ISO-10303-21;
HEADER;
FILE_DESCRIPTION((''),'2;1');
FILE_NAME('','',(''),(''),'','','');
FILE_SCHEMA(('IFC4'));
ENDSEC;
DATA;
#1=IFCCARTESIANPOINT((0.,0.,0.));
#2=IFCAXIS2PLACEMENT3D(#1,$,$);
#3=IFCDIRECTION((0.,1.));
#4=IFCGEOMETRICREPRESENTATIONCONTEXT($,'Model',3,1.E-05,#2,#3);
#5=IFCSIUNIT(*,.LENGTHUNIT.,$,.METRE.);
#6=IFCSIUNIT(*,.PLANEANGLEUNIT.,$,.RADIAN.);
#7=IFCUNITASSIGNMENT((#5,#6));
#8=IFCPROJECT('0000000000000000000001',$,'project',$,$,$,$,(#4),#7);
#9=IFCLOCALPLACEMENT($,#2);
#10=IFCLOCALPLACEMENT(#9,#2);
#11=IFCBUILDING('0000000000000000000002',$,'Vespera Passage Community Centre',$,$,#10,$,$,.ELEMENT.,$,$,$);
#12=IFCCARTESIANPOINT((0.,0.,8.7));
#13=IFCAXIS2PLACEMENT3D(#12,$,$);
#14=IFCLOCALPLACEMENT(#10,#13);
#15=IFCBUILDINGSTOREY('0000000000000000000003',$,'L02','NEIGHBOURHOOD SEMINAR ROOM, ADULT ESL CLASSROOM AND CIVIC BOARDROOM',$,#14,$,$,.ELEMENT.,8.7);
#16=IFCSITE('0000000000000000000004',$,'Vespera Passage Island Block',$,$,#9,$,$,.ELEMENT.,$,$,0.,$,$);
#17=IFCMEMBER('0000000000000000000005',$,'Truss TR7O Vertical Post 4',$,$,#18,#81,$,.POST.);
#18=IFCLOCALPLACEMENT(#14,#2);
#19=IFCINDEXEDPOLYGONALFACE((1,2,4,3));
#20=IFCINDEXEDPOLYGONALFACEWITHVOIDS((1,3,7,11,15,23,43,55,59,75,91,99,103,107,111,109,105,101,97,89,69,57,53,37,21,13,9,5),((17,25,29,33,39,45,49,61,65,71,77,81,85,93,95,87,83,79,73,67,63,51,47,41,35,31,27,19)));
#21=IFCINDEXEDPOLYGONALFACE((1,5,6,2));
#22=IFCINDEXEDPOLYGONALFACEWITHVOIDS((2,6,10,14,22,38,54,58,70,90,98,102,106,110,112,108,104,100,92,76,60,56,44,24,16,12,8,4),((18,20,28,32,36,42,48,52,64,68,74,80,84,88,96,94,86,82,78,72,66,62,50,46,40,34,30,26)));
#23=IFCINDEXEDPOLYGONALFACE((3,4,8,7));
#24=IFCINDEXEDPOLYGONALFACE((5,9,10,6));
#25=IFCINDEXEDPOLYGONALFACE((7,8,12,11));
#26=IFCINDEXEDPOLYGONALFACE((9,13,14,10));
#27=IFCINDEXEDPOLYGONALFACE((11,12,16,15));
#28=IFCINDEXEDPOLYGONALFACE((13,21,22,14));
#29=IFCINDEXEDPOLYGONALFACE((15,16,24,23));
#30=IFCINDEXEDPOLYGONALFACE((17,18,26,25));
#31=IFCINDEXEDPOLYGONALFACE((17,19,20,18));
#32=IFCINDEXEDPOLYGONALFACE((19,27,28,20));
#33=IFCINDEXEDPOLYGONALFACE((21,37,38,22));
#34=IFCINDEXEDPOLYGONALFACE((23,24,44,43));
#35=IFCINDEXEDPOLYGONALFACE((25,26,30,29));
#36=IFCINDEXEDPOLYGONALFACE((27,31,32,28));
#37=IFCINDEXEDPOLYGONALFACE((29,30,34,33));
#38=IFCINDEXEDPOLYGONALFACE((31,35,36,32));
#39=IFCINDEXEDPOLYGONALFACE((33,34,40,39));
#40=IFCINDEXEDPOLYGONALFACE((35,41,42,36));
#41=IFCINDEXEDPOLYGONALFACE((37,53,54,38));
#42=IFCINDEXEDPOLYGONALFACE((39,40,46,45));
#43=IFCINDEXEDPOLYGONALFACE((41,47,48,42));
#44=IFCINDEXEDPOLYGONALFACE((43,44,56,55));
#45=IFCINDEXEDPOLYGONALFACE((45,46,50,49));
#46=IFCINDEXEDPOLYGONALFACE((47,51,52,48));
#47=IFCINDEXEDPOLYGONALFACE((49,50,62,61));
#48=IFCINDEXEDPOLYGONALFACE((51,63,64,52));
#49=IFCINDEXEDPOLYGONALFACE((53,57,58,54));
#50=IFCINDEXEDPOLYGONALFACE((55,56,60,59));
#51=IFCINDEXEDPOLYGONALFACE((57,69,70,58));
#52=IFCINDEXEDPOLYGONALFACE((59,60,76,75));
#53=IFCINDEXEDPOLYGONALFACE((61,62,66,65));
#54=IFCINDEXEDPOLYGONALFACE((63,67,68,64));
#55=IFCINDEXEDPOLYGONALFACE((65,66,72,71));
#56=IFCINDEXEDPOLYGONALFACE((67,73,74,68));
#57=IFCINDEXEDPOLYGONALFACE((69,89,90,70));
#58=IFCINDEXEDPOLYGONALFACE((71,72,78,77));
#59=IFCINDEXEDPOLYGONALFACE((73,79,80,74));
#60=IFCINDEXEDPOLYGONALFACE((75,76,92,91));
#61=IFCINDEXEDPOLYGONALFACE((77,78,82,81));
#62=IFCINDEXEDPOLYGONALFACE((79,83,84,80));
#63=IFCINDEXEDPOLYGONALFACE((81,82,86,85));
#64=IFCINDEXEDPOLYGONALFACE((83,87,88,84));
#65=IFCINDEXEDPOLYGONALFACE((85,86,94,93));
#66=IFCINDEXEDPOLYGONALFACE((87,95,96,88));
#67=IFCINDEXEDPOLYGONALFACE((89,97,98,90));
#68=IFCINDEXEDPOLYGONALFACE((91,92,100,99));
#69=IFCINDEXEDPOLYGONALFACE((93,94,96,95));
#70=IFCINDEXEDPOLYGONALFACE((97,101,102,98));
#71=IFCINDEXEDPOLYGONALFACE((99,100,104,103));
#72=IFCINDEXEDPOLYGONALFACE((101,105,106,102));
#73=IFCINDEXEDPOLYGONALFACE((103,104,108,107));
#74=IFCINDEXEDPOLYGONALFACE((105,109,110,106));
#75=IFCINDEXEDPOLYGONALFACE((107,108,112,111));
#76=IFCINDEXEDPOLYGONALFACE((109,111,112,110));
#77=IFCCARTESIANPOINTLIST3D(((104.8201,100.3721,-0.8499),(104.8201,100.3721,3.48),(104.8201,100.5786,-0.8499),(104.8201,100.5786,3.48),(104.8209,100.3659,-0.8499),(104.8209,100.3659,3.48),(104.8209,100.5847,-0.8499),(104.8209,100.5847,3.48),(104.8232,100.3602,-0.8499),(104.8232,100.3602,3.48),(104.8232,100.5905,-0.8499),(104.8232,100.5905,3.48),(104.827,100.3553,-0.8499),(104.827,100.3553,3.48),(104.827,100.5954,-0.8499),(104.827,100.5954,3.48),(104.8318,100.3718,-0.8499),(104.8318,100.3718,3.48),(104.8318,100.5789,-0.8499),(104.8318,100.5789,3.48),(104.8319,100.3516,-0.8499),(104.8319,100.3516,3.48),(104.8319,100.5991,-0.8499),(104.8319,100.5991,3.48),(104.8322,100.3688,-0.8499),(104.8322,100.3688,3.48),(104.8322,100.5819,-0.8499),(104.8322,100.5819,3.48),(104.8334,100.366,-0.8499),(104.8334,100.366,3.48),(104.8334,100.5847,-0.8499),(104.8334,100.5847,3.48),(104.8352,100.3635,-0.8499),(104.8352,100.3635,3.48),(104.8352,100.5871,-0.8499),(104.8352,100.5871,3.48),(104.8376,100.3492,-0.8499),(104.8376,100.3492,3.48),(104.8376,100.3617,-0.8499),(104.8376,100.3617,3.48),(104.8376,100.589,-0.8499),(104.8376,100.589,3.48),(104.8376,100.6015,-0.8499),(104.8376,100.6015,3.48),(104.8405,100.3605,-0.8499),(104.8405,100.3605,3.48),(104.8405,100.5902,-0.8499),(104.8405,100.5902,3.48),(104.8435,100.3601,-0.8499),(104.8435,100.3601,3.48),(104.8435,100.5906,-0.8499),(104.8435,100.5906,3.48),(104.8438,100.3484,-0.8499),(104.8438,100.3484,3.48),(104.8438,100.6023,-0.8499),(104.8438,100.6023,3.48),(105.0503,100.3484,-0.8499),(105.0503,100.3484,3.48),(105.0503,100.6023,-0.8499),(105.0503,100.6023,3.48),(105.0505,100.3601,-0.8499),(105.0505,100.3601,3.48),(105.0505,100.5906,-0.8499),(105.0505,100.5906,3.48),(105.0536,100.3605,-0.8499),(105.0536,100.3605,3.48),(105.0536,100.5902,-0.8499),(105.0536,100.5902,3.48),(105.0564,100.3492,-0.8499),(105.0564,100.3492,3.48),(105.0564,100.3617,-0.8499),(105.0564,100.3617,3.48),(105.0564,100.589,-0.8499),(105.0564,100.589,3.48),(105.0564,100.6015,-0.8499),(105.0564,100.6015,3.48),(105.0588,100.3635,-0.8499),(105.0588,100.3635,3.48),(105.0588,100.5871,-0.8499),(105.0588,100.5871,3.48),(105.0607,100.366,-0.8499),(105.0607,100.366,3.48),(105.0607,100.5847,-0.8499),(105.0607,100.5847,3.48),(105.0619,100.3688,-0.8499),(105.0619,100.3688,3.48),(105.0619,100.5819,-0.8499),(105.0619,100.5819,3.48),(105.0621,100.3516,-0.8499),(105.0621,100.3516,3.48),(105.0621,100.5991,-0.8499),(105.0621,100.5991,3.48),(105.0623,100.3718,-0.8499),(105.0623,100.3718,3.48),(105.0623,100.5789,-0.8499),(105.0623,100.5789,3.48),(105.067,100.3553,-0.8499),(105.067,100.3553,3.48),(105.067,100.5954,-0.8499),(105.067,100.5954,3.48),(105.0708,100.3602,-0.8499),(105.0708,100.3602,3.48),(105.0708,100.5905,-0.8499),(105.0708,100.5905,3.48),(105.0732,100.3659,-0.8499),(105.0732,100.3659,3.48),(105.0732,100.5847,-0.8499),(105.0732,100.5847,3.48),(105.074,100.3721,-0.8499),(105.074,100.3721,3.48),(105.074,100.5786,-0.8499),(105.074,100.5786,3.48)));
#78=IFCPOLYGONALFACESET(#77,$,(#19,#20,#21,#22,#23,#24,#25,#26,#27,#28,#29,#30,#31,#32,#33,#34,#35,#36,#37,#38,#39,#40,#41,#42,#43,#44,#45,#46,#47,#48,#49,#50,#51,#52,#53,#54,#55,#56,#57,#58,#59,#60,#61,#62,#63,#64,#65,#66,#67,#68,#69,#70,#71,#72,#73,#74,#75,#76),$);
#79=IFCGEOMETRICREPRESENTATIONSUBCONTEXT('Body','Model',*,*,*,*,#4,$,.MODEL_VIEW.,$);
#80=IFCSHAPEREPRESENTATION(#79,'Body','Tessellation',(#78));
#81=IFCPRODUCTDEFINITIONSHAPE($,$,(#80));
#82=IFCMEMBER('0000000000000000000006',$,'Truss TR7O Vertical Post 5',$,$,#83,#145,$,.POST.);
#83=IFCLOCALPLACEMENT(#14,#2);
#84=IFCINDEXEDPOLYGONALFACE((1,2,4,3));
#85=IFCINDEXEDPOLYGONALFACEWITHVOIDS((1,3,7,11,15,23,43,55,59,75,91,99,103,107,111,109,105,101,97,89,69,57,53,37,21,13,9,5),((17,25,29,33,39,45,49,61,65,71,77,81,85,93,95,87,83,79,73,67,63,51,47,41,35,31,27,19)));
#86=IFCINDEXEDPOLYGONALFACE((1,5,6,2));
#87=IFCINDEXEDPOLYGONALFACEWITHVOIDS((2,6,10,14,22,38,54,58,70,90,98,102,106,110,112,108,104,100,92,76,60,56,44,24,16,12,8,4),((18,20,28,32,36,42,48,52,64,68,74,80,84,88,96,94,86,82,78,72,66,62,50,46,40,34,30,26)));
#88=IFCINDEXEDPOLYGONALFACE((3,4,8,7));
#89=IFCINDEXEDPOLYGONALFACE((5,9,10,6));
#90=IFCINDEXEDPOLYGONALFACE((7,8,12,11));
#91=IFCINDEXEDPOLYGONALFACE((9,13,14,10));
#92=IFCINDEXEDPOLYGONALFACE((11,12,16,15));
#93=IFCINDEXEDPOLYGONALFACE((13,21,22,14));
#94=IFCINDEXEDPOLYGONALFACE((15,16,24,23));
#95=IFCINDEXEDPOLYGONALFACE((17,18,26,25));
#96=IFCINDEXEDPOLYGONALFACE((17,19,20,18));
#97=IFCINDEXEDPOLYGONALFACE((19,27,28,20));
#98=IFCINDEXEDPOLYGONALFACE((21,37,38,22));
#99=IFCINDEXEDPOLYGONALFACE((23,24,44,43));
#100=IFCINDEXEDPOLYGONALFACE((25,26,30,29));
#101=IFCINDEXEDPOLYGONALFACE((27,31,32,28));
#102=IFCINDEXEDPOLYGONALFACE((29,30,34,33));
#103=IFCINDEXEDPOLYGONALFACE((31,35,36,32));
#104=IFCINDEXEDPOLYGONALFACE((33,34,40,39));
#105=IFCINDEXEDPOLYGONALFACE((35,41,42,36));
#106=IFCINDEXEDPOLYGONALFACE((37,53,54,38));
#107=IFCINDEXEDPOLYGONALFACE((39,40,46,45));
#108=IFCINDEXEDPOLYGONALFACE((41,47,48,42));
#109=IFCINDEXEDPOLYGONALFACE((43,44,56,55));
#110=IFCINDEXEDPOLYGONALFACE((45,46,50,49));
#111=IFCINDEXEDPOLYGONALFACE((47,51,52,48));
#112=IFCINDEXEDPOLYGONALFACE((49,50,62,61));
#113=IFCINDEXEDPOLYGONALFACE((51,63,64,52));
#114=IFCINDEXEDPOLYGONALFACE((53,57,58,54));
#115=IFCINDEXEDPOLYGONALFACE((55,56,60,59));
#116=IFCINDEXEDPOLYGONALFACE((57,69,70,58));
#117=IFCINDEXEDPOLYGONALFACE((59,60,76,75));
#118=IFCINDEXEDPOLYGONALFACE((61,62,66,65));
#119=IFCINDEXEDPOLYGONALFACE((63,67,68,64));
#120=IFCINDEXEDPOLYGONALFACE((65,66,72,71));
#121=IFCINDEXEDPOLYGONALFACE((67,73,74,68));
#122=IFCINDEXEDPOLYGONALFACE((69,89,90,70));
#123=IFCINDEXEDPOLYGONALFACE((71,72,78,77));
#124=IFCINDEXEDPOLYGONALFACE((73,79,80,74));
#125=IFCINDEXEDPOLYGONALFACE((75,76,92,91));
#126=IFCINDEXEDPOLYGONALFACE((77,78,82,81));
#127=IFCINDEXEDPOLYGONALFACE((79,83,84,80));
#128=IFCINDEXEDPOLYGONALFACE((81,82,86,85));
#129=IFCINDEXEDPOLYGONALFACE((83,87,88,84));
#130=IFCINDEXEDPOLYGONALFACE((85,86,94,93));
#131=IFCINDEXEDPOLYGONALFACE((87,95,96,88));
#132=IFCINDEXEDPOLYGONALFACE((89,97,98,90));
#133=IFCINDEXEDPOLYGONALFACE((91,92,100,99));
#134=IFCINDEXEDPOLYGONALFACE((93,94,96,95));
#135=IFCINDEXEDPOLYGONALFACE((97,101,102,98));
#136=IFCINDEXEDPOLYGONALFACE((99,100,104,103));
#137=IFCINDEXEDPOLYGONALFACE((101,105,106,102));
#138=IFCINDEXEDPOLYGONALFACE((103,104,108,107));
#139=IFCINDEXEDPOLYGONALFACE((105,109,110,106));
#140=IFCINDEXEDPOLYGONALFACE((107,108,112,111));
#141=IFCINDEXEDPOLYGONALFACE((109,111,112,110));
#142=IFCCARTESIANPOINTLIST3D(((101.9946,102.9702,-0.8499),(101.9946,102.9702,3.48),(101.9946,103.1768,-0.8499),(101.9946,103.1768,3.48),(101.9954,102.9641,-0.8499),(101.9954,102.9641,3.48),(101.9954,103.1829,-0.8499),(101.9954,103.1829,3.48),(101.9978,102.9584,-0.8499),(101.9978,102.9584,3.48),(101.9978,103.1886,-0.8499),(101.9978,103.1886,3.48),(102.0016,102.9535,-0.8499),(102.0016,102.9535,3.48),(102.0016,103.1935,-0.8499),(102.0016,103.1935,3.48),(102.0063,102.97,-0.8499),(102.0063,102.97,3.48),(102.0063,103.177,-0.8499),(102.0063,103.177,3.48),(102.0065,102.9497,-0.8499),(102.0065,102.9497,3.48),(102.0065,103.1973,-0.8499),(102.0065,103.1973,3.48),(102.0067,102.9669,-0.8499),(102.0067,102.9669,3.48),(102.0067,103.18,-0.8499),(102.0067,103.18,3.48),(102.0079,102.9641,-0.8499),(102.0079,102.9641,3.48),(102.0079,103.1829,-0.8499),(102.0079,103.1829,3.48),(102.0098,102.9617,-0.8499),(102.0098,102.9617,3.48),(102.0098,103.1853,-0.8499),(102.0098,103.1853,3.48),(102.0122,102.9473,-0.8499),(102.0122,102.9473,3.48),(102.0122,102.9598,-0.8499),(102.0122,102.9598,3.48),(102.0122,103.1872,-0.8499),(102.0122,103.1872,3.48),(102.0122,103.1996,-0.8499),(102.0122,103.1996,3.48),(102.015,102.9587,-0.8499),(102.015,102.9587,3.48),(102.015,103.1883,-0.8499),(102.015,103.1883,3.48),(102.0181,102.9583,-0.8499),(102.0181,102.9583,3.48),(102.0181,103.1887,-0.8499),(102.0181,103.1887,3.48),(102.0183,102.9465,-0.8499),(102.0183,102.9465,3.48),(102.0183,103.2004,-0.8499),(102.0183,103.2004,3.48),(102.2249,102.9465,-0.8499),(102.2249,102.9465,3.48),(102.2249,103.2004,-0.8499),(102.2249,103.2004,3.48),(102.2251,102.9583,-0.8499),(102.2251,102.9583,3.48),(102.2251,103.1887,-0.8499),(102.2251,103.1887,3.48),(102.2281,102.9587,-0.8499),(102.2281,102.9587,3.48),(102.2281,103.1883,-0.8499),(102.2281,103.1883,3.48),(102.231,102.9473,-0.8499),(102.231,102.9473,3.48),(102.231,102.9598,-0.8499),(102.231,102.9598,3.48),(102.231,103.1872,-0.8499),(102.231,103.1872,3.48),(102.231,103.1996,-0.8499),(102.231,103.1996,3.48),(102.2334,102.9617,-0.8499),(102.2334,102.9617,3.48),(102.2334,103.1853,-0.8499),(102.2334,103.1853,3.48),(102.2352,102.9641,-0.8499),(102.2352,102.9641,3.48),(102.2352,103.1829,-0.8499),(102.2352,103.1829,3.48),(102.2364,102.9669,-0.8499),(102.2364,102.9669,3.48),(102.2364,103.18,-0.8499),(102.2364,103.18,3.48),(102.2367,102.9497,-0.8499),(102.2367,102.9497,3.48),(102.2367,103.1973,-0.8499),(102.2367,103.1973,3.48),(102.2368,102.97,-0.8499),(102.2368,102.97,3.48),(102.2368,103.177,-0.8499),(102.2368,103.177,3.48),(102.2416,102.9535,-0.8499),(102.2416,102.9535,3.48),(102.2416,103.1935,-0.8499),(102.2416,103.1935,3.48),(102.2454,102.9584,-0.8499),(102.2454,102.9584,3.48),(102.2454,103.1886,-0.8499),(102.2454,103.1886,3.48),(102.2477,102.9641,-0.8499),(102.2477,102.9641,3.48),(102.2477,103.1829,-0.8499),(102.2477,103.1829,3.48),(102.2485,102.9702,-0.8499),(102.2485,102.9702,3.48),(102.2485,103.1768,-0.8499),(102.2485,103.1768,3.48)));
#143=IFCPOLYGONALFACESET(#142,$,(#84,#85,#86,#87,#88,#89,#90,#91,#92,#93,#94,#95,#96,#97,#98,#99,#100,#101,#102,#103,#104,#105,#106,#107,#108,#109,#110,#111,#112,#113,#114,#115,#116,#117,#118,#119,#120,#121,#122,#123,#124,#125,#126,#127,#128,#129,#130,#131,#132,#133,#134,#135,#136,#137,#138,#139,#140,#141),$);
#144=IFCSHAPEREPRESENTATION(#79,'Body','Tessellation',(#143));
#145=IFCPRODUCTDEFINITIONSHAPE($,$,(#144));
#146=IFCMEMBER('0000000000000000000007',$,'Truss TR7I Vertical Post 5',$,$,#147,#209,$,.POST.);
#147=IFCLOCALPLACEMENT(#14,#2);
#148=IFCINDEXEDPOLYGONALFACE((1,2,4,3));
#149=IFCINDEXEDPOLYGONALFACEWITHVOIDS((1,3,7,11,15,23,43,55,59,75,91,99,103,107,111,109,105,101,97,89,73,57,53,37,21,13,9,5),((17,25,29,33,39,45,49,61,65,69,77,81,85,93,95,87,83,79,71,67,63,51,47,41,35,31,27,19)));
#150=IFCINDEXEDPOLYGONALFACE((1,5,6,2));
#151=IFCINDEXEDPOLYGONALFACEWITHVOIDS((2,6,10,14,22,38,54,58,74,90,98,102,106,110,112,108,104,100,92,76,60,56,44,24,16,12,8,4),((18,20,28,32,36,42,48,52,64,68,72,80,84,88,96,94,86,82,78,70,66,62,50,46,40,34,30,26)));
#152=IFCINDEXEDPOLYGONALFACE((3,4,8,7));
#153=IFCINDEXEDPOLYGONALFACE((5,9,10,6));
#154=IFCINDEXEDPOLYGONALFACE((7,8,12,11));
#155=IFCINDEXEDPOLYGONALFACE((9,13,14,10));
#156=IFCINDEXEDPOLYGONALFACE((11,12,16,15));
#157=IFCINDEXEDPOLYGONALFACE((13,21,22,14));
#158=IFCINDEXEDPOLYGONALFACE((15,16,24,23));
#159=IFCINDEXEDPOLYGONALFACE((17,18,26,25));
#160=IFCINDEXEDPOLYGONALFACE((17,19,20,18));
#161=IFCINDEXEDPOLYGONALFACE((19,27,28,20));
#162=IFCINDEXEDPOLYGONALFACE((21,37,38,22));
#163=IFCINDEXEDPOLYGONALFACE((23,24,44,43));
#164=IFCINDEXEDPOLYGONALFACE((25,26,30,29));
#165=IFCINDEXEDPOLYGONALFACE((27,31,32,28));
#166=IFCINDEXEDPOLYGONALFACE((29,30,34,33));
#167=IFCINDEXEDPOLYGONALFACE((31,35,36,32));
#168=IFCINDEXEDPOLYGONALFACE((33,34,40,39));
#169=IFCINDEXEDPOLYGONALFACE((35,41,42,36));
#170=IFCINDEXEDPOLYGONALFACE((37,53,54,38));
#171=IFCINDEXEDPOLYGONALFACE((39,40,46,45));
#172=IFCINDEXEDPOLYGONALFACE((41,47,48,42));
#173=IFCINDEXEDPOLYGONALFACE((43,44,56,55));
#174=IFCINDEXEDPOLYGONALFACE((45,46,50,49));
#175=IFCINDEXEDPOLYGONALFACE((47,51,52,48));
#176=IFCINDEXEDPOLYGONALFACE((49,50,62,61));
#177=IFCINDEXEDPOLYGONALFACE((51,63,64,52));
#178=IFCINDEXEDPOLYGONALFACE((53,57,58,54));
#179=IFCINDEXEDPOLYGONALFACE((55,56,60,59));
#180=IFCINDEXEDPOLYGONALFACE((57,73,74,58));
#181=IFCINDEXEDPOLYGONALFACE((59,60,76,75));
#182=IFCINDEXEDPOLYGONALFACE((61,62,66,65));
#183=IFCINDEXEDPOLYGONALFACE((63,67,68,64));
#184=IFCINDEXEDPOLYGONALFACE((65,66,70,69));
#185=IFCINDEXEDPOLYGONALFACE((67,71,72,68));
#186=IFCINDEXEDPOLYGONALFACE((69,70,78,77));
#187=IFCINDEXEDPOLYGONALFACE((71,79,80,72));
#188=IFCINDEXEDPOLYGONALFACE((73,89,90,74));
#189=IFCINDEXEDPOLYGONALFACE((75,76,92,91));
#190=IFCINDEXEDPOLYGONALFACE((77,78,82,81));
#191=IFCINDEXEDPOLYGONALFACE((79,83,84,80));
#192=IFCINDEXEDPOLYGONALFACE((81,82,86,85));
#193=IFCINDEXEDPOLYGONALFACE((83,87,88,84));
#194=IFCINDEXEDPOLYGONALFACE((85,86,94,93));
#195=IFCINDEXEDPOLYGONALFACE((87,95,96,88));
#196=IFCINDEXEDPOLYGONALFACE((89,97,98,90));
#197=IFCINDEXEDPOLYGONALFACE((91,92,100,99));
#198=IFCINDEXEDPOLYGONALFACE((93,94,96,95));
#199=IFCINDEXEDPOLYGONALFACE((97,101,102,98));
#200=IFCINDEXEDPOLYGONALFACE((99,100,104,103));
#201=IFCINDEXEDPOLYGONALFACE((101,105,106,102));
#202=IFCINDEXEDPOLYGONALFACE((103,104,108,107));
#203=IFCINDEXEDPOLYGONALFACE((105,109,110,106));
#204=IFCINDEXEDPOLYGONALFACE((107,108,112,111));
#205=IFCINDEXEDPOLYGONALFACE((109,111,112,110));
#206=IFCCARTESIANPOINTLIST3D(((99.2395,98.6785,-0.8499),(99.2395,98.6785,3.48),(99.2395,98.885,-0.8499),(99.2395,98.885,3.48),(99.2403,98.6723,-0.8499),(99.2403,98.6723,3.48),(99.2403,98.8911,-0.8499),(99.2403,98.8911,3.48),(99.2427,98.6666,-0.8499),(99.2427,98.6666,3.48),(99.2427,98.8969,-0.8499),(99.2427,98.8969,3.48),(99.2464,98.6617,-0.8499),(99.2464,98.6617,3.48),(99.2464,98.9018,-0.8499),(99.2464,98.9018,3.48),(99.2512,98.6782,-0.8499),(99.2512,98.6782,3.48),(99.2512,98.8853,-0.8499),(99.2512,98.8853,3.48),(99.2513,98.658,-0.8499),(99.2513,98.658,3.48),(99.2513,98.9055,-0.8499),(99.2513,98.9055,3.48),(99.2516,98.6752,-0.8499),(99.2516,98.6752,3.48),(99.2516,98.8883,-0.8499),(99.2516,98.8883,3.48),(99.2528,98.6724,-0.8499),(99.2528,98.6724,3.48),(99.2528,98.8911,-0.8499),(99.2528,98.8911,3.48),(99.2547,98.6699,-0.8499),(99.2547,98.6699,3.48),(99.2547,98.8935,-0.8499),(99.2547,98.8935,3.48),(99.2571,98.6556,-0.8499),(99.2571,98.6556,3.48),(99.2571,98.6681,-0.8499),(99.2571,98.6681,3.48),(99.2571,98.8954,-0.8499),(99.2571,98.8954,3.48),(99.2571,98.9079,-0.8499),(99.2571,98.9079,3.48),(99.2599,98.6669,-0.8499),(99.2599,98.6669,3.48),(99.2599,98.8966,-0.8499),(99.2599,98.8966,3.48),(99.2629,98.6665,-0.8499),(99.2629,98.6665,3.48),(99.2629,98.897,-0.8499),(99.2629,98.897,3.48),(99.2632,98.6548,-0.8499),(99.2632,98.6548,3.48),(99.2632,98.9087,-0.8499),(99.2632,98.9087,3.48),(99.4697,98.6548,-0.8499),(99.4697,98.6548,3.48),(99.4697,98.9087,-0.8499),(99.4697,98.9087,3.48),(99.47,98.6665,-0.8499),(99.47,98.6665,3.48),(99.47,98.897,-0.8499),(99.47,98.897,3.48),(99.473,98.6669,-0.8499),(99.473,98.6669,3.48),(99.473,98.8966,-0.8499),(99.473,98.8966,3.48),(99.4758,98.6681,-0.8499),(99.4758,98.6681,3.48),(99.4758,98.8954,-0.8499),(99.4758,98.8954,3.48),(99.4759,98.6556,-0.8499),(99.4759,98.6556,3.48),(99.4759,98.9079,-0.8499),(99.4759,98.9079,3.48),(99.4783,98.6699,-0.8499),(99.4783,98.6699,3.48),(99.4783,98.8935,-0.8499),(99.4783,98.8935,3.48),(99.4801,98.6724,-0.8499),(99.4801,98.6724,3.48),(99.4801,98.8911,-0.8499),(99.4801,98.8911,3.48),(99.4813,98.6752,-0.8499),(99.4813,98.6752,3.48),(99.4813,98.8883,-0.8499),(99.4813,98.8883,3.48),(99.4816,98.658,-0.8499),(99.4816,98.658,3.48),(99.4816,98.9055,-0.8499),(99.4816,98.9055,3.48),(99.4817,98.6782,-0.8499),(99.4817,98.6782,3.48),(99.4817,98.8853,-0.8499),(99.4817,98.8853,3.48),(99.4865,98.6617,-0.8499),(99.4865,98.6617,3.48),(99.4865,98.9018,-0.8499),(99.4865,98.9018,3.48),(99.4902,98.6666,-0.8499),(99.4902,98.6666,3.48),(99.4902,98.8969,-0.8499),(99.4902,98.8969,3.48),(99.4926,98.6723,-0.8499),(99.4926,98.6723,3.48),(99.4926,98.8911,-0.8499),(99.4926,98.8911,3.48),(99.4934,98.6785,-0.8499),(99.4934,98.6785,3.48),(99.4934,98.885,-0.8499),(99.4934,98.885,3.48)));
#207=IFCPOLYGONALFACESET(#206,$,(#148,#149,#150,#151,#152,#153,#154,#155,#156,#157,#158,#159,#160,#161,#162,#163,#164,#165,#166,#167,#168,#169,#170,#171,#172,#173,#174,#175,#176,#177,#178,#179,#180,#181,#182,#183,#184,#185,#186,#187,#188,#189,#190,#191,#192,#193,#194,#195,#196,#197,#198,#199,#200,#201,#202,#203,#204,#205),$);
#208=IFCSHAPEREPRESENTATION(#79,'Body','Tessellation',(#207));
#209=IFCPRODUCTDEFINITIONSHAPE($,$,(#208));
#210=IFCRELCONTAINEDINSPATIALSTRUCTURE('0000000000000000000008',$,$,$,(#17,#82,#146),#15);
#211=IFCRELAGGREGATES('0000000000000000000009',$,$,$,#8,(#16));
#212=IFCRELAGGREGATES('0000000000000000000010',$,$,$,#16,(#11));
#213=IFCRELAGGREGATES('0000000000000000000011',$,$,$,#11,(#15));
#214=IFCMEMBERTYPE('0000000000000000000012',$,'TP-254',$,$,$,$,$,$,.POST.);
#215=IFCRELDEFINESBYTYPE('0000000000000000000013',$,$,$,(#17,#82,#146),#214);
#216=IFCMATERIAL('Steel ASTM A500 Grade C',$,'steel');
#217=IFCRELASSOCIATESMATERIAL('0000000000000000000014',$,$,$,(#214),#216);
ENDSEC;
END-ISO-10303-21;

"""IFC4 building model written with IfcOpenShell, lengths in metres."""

from ifc_helpers import new_model, si_unit, direction, frame, origin, origin_2d, place, context, subcontext, project, spatial, hollow_rectangle, extrude, material, material_profile, profile_set, type_object, element, save


model = new_model("IFC4")

# Units and contexts
model_context = context("Model", 3, precision=1e-05, world=origin(), true_north=direction((0.0, 1.0)))
body_context = subcontext(model_context, "Body", "Model", "MODEL_VIEW")
ifc_project = project(units=[si_unit("LENGTHUNIT", "METRE"), si_unit("PLANEANGLEUNIT", "RADIAN")], contexts=[model_context])

# Site, building, storey
site_placement = place(None, origin())
site = spatial("IfcSite", under=ifc_project, at=site_placement, Name="Vespera Passage Island Block", CompositionType="ELEMENT", RefElevation=0.0)
building_placement = place(site_placement, origin())
building = spatial("IfcBuilding", under=site, at=building_placement, Name="Vespera Passage Community Centre", CompositionType="ELEMENT")
storey_placement = place(building_placement, frame((0.0, 0.0, 8.7)))
storey = spatial("IfcBuildingStorey", under=building, at=storey_placement, Name="L02", Description="NEIGHBOURHOOD SEMINAR ROOM, ADULT ESL CLASSROOM AND CIVIC BOARDROOM", CompositionType="ELEMENT", Elevation=8.7)

# Members
ifc_material_1 = material(Name="Steel ASTM A500 Grade C", Category="steel")
ifc_material_profile_1 = material_profile(ifc_material_1, hollow_rectangle(XDim=0.2539, YDim=0.2539, WallThickness=0.0117, InnerFilletRadius=0.0117, OuterFilletRadius=0.0237, at=origin_2d()), Name="HSS254X254X12.7")
ifc_profile_set_1 = profile_set([ifc_material_profile_1], Name="Steel ASTM A500 Grade C")
member_type_1 = type_object("IfcMemberType", Name="TP-254", PredefinedType="POST", material=ifc_profile_set_1)
for number, where, z_axis, x_axis, name in (
    (1, (104.947, 100.4753, -0.8499), (0.0, 0.0, 1.0), (1.0, 0.0, 0.0), "Truss TR7O Vertical Post 4"),
    (2, (102.1216, 103.0735, -0.8499), (0.0, 0.0, 1.0), (1.0, 0.0, 0.0), "Truss TR7O Vertical Post 5"),
    (3, (99.3665, 98.7817, -0.8499), (0.0, 0.0, 1.0), (1.0, 0.0, 0.0), "Truss TR7I Vertical Post 5"),
):
    element("IfcMember", number, at=place(storey_placement, frame(where, z_axis=z_axis, x_axis=x_axis)), inside=storey, type_object=member_type_1, Name=name, PredefinedType="POST", context=body_context, shape_type="SweptSolid", body=[
        extrude(hollow_rectangle(XDim=0.2539, YDim=0.2539, WallThickness=0.0117, InnerFilletRadius=0.0117, OuterFilletRadius=0.0237, at=origin_2d()), origin(), (0.0, 0.0, 1.0), 4.3298),
    ])

save(model, "model.ifc")
